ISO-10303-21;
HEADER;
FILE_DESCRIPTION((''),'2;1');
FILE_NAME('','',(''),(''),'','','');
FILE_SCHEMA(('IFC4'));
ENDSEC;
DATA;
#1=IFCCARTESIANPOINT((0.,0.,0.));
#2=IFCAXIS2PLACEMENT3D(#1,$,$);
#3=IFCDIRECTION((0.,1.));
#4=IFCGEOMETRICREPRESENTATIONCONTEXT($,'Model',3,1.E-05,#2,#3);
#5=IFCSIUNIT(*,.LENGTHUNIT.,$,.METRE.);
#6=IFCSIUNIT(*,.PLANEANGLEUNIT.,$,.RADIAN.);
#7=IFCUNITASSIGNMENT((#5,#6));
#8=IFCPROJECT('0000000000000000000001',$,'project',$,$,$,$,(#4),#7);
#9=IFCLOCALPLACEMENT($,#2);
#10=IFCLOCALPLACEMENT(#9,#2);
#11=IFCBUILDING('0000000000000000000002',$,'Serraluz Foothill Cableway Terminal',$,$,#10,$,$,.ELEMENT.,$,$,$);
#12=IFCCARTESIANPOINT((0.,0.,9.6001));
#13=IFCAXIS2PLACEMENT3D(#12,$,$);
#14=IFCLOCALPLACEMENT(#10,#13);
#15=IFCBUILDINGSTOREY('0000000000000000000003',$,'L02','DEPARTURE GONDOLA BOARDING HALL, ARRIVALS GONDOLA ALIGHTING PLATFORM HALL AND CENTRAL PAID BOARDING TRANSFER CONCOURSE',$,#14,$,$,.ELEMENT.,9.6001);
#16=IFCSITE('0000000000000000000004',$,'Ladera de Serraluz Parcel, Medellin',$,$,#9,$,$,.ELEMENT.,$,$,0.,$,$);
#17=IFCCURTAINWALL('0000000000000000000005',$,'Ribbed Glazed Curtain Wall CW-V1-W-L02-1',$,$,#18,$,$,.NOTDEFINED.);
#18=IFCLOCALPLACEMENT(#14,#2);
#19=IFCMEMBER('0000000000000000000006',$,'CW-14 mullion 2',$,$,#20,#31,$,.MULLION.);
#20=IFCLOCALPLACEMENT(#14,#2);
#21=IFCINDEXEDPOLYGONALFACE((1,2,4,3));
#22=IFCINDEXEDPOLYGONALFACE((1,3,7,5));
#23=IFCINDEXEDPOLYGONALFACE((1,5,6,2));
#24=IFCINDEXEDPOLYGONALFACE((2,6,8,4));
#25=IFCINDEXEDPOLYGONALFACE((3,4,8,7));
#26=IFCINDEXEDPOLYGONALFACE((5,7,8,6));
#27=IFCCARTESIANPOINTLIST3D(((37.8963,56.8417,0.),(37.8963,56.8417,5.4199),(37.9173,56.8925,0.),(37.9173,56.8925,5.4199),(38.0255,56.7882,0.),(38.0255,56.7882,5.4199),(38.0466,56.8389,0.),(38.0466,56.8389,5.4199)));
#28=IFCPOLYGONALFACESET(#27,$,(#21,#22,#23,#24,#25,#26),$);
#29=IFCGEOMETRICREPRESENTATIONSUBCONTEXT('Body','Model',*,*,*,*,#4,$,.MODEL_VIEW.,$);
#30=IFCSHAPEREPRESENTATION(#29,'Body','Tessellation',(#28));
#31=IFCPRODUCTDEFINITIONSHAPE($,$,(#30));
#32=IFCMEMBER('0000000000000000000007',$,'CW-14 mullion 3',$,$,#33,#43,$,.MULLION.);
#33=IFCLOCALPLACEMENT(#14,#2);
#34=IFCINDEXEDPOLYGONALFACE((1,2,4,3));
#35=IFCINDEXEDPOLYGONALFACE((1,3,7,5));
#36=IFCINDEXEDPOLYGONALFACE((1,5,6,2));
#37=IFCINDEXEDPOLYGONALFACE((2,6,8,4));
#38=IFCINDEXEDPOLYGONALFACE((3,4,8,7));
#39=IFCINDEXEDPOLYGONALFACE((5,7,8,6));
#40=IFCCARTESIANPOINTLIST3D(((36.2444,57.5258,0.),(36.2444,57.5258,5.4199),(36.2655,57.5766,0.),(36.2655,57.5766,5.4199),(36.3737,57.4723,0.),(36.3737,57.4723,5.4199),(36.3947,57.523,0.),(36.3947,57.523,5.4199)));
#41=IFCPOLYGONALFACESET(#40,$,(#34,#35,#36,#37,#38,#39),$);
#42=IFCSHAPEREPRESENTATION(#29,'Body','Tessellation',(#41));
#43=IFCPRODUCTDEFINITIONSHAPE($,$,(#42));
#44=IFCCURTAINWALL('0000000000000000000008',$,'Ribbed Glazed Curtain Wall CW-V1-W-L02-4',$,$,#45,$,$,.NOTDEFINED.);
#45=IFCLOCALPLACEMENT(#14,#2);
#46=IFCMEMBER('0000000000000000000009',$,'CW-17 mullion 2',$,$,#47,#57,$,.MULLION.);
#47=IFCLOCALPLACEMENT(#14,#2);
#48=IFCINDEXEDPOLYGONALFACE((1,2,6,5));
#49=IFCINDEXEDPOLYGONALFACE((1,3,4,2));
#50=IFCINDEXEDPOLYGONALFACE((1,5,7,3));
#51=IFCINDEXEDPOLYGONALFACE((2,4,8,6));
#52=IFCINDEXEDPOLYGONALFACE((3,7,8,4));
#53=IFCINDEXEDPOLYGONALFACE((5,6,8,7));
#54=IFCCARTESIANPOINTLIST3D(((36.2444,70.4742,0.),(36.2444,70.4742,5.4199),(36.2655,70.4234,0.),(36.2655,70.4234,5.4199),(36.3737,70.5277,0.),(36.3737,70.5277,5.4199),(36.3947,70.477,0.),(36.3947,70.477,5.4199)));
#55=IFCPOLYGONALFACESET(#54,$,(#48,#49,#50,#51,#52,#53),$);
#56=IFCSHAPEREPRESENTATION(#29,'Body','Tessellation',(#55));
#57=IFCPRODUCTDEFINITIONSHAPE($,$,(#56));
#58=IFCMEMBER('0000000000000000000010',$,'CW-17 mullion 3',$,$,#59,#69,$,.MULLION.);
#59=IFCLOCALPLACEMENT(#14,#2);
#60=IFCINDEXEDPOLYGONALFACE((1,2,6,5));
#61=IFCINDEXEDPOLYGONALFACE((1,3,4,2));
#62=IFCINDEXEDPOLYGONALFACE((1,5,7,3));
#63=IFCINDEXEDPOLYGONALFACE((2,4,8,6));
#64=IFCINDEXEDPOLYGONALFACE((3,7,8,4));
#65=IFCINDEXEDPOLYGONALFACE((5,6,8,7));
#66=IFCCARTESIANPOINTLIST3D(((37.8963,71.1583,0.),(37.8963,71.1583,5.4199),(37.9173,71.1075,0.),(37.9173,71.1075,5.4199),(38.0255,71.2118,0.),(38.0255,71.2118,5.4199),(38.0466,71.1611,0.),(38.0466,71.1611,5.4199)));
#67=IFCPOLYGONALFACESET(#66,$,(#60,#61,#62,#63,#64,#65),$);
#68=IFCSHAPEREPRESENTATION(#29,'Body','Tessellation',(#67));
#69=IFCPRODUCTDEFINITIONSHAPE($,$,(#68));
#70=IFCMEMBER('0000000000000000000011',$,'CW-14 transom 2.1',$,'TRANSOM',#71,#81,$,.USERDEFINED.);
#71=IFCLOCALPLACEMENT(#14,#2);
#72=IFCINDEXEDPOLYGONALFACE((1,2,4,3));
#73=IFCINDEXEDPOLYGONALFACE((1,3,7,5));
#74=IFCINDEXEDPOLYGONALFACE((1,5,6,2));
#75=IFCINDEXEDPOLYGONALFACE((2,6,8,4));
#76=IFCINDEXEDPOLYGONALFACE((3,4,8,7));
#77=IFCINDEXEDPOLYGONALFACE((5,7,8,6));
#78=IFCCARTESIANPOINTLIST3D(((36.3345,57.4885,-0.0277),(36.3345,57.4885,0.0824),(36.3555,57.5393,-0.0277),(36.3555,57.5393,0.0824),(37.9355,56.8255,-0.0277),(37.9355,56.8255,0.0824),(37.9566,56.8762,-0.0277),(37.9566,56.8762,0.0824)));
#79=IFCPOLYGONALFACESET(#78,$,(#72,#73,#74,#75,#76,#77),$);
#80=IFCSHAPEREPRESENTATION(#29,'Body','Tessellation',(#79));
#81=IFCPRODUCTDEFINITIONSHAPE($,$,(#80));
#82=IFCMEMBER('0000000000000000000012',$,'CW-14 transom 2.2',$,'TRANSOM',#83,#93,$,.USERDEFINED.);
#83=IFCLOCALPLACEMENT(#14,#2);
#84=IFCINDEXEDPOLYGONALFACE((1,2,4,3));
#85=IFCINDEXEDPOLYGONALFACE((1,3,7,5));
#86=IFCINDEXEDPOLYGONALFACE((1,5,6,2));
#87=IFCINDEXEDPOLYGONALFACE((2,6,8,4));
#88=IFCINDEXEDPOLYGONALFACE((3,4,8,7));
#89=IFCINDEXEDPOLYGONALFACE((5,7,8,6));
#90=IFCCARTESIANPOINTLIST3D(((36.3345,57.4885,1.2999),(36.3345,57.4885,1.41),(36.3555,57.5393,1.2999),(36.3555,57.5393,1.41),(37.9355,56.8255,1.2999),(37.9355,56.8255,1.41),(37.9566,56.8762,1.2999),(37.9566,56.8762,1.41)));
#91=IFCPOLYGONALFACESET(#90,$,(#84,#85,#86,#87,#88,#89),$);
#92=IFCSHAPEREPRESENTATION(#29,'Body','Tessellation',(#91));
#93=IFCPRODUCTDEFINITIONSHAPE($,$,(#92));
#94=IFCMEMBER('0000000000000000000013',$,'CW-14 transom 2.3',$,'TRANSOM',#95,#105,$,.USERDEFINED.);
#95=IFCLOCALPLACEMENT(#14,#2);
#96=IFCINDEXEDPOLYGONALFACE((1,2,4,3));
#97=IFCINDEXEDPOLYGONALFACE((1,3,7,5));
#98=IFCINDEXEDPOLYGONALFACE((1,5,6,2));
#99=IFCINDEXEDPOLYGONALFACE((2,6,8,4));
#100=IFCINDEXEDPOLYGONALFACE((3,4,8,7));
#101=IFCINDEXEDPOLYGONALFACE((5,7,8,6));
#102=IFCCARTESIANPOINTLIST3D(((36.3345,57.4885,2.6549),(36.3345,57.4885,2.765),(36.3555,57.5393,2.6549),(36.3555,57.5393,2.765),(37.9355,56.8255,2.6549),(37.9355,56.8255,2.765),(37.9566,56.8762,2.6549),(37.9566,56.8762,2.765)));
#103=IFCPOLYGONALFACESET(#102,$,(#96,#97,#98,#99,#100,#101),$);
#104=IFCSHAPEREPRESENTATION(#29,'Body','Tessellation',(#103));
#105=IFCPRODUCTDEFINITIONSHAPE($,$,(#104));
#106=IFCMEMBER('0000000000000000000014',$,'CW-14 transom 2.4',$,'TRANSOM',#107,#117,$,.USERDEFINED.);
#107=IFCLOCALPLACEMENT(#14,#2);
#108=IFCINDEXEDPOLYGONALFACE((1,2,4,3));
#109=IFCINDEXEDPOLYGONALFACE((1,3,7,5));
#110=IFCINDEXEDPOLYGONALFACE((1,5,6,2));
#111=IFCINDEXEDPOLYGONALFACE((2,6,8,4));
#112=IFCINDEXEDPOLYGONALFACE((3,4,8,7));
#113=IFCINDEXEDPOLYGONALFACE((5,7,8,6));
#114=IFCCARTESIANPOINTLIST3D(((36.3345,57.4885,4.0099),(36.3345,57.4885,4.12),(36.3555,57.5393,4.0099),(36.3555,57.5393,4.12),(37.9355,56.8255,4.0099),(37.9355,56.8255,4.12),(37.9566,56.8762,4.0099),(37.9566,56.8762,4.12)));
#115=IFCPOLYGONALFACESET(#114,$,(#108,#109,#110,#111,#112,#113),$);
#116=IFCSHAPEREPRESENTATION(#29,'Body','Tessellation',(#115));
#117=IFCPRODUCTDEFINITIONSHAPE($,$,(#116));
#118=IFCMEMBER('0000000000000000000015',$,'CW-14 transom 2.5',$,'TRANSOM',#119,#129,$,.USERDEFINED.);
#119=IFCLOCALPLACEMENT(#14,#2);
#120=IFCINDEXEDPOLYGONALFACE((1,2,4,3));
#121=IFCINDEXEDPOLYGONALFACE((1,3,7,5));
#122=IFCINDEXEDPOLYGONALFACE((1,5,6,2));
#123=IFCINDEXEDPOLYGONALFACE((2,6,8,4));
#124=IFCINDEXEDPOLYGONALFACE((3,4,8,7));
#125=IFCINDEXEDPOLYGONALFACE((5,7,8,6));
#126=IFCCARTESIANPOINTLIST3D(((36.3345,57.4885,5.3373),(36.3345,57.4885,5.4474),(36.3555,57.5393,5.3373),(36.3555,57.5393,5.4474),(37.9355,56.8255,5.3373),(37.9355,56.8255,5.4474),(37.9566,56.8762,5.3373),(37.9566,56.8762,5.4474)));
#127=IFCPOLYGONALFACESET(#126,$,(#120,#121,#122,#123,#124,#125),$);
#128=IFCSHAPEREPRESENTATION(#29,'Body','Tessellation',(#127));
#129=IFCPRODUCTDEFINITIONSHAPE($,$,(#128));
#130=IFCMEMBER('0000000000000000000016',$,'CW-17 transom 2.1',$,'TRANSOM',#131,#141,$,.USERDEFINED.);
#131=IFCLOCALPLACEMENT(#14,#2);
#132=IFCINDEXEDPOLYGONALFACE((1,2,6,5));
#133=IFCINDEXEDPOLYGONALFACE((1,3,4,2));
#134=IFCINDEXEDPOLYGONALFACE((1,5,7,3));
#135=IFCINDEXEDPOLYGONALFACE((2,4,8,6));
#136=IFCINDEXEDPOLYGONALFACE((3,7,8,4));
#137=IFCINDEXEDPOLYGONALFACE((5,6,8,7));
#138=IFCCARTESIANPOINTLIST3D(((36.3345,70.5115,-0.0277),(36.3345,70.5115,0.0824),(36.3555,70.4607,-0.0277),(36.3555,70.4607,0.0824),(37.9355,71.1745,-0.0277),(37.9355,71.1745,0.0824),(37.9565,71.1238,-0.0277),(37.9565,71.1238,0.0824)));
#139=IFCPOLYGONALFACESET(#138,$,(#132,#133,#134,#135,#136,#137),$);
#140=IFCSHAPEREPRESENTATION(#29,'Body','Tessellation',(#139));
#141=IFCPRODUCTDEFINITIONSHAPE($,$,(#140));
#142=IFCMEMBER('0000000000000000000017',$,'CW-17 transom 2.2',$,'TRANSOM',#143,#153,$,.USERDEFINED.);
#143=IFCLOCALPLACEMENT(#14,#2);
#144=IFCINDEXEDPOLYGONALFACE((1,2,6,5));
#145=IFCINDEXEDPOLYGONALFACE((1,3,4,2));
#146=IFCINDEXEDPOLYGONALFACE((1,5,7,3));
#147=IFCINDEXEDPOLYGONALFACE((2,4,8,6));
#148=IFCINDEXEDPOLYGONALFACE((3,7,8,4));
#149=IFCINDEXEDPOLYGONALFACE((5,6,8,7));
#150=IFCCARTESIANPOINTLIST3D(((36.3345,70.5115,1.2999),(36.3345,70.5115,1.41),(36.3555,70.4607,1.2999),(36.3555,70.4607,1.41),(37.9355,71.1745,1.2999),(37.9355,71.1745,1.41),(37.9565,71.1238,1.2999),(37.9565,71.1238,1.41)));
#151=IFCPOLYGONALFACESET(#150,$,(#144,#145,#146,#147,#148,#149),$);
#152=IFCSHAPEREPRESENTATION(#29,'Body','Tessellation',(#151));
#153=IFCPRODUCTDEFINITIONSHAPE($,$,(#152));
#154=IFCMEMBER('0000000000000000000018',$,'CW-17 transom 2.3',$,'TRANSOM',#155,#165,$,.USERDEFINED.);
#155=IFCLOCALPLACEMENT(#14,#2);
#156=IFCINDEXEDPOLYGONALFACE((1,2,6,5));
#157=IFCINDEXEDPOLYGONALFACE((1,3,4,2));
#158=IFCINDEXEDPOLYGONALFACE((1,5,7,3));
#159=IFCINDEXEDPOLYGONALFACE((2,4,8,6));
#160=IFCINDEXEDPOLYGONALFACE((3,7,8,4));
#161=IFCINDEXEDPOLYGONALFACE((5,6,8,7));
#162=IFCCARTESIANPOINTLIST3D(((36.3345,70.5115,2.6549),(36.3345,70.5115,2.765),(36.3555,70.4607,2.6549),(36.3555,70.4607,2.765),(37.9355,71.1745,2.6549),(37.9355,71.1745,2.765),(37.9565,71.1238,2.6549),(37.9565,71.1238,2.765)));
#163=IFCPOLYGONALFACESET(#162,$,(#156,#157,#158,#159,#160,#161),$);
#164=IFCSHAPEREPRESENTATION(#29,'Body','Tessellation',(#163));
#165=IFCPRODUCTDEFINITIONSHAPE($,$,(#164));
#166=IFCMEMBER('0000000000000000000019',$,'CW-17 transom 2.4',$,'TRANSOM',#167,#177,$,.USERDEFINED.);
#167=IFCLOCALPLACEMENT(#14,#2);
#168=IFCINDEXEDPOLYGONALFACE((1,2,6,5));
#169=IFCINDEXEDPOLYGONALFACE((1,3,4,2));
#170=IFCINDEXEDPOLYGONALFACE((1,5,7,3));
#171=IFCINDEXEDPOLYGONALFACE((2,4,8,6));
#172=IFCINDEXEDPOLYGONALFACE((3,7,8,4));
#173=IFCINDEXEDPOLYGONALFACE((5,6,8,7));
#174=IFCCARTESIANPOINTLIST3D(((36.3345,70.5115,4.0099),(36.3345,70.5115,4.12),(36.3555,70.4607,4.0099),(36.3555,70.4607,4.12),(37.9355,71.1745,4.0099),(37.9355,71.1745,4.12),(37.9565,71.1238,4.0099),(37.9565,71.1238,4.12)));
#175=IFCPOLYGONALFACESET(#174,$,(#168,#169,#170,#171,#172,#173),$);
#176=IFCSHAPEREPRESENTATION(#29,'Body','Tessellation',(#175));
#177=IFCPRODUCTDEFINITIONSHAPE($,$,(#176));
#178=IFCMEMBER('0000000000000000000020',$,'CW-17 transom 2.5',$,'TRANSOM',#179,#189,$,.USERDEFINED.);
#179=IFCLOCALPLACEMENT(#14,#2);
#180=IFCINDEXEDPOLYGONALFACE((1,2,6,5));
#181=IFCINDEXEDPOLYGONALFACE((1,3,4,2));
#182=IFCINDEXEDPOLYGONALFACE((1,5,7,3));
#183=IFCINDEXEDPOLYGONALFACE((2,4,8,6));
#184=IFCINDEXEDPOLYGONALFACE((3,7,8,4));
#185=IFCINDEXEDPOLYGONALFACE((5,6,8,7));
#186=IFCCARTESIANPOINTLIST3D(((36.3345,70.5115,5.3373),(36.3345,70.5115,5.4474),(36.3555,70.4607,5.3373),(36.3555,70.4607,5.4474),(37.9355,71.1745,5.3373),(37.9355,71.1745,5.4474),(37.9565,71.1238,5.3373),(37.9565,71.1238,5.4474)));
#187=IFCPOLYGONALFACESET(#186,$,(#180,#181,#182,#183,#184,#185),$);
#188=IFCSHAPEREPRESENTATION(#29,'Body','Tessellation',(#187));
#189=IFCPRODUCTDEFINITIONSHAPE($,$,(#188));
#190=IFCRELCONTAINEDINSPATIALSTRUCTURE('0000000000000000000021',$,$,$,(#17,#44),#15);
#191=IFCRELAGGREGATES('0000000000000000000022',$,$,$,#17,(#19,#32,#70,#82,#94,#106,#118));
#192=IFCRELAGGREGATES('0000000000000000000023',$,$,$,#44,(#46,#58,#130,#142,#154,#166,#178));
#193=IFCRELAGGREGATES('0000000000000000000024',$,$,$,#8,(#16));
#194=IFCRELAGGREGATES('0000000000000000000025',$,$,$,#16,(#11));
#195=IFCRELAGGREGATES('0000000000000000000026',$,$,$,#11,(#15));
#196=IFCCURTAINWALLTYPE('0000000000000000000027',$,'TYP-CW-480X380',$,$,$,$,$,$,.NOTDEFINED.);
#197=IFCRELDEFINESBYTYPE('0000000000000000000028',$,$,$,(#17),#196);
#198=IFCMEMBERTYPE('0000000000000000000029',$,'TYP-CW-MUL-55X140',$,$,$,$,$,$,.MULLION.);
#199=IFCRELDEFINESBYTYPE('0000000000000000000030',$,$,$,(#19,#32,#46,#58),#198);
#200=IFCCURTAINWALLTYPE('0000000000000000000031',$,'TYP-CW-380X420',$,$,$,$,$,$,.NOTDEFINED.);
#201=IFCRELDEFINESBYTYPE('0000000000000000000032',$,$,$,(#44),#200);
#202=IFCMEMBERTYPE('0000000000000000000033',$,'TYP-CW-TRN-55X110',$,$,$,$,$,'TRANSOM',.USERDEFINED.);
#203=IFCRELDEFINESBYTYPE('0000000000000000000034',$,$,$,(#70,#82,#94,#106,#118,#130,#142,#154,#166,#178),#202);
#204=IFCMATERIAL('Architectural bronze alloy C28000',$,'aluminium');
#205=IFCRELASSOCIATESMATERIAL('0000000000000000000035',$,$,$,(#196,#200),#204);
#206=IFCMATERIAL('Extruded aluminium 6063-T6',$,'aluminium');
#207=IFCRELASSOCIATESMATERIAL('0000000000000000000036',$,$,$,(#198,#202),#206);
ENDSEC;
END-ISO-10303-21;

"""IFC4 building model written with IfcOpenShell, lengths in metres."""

from ifc_helpers import new_model, si_unit, direction, frame, origin, origin_2d, place, context, subcontext, project, spatial, rectangle, extrude, material, material_profile, profile_set, type_object, element, aggregate, save


model = new_model("IFC4")

# Units and contexts
model_context = context("Model", 3, precision=1e-05, world=origin(), true_north=direction((0.0, 1.0)))
body_context = subcontext(model_context, "Body", "Model", "MODEL_VIEW")
ifc_project = project(units=[si_unit("LENGTHUNIT", "METRE"), si_unit("PLANEANGLEUNIT", "RADIAN")], contexts=[model_context])

# Site, building, storey
site_placement = place(None, origin())
site = spatial("IfcSite", under=ifc_project, at=site_placement, Name="Ladera de Serraluz Parcel, Medellin", CompositionType="ELEMENT", RefElevation=0.0)
building_placement = place(site_placement, origin())
building = spatial("IfcBuilding", under=site, at=building_placement, Name="Serraluz Foothill Cableway Terminal", CompositionType="ELEMENT")
storey_placement = place(building_placement, frame((0.0, 0.0, 9.6001)))
storey = spatial("IfcBuildingStorey", under=building, at=storey_placement, Name="L02", Description="DEPARTURE GONDOLA BOARDING HALL, ARRIVALS GONDOLA ALIGHTING PLATFORM HALL AND CENTRAL PAID BOARDING TRANSFER CONCOURSE", CompositionType="ELEMENT", Elevation=9.6001)

# Curtain walls, members
ifc_material_1 = material(Name="Architectural bronze alloy C28000", Category="aluminium")
curtain_wall_type_1 = type_object("IfcCurtainWallType", Name="TYP-CW-480X380", PredefinedType="NOTDEFINED", material=ifc_material_1)
curtain_wall_1_placement = place(storey_placement, origin())
curtain_wall_1 = element("IfcCurtainWall", 1, at=curtain_wall_1_placement, inside=storey, type_object=curtain_wall_type_1, Name="Ribbed Glazed Curtain Wall CW-V1-W-L02-1", PredefinedType="NOTDEFINED")
ifc_material_2 = material(Name="Extruded aluminium 6063-T6", Category="aluminium")
ifc_material_profile_1 = material_profile(ifc_material_2, rectangle(XDim=0.0549, YDim=0.1399, at=origin_2d()), Name="ALU MULLION 55x140")
ifc_profile_set_1 = profile_set([ifc_material_profile_1], Name="Extruded aluminium 6063-T6")
member_type_1 = type_object("IfcMemberType", Name="TYP-CW-MUL-55X140", PredefinedType="MULLION", material=ifc_profile_set_1)
member_1_placement = place(storey_placement, frame((37.9714, 56.8403, 0.0), z_axis=(0.0, 0.0, 1.0), x_axis=(-0.382682, -0.92388, 0.0)))
member_1 = element("IfcMember", 2, at=member_1_placement, type_object=member_type_1, Name="CW-14 mullion 2", PredefinedType="MULLION", context=body_context, shape_type="SweptSolid", body=[
    extrude(rectangle(XDim=0.0549, YDim=0.1399, at=origin_2d()), origin(), (0.0, 0.0, 1.0), 5.4199),
])
member_2_placement = place(storey_placement, frame((36.3196, 57.5244, 0.0), z_axis=(0.0, 0.0, 1.0), x_axis=(-0.382682, -0.92388, 0.0)))
member_2 = element("IfcMember", 3, at=member_2_placement, type_object=member_type_1, Name="CW-14 mullion 3", PredefinedType="MULLION", context=body_context, shape_type="SweptSolid", body=[
    extrude(rectangle(XDim=0.0549, YDim=0.1399, at=origin_2d()), origin(), (0.0, 0.0, 1.0), 5.4199),
])
curtain_wall_type_2 = type_object("IfcCurtainWallType", Name="TYP-CW-380X420", PredefinedType="NOTDEFINED", material=ifc_material_1)
curtain_wall_2_placement = place(storey_placement, origin())
curtain_wall_2 = element("IfcCurtainWall", 4, at=curtain_wall_2_placement, inside=storey, type_object=curtain_wall_type_2, Name="Ribbed Glazed Curtain Wall CW-V1-W-L02-4", PredefinedType="NOTDEFINED")
member_3_placement = place(storey_placement, frame((36.3196, 70.4756, 0.0), z_axis=(0.0, 0.0, 1.0), x_axis=(-0.382682, 0.92388, 0.0)))
member_3 = element("IfcMember", 5, at=member_3_placement, type_object=member_type_1, Name="CW-17 mullion 2", PredefinedType="MULLION", context=body_context, shape_type="SweptSolid", body=[
    extrude(rectangle(XDim=0.0549, YDim=0.1399, at=origin_2d()), origin(), (0.0, 0.0, 1.0), 5.4199),
])
member_4_placement = place(storey_placement, frame((37.9714, 71.1597, 0.0), z_axis=(0.0, 0.0, 1.0), x_axis=(-0.382682, 0.92388, 0.0)))
member_4 = element("IfcMember", 6, at=member_4_placement, type_object=member_type_1, Name="CW-17 mullion 3", PredefinedType="MULLION", context=body_context, shape_type="SweptSolid", body=[
    extrude(rectangle(XDim=0.0549, YDim=0.1399, at=origin_2d()), origin(), (0.0, 0.0, 1.0), 5.4199),
])

# Members
ifc_material_profile_2 = material_profile(ifc_material_2, rectangle(XDim=0.0549, YDim=0.1101, at=origin_2d()), Name="ALU TRANSOM 55x110")
ifc_profile_set_2 = profile_set([ifc_material_profile_2], Name="Extruded aluminium 6063-T6")
member_type_2 = type_object("IfcMemberType", Name="TYP-CW-TRN-55X110", ElementType="TRANSOM", PredefinedType="USERDEFINED", material=ifc_profile_set_2)
member_5_placement = place(storey_placement, frame((37.946, 56.8508, 0.0273), z_axis=(-0.9239, 0.382634, 0.0), x_axis=(-0.382634, -0.9239, 0.0)))
member_5 = element("IfcMember", 7, at=member_5_placement, type_object=member_type_2, Name="CW-14 transom 2.1", ObjectType="TRANSOM", PredefinedType="USERDEFINED", context=body_context, shape_type="SweptSolid", body=[
    extrude(rectangle(XDim=0.0549, YDim=0.1101, at=origin_2d()), origin(), (0.0, 0.0, 1.0), 1.7329),
])
member_6_placement = place(storey_placement, frame((37.946, 56.8508, 1.355), z_axis=(-0.9239, 0.382634, 0.0), x_axis=(-0.382634, -0.9239, 0.0)))
member_6 = element("IfcMember", 8, at=member_6_placement, type_object=member_type_2, Name="CW-14 transom 2.2", ObjectType="TRANSOM", PredefinedType="USERDEFINED", context=body_context, shape_type="SweptSolid", body=[
    extrude(rectangle(XDim=0.0549, YDim=0.1101, at=origin_2d()), origin(), (0.0, 0.0, 1.0), 1.7329),
])
member_7_placement = place(storey_placement, frame((37.946, 56.8508, 2.71), z_axis=(-0.9239, 0.382634, 0.0), x_axis=(-0.382634, -0.9239, 0.0)))
member_7 = element("IfcMember", 9, at=member_7_placement, type_object=member_type_2, Name="CW-14 transom 2.3", ObjectType="TRANSOM", PredefinedType="USERDEFINED", context=body_context, shape_type="SweptSolid", body=[
    extrude(rectangle(XDim=0.0549, YDim=0.1101, at=origin_2d()), origin(), (0.0, 0.0, 1.0), 1.7329),
])
member_8_placement = place(storey_placement, frame((37.946, 56.8508, 4.0649), z_axis=(-0.9239, 0.382634, 0.0), x_axis=(-0.382634, -0.9239, 0.0)))
member_8 = element("IfcMember", 10, at=member_8_placement, type_object=member_type_2, Name="CW-14 transom 2.4", ObjectType="TRANSOM", PredefinedType="USERDEFINED", context=body_context, shape_type="SweptSolid", body=[
    extrude(rectangle(XDim=0.0549, YDim=0.1101, at=origin_2d()), origin(), (0.0, 0.0, 1.0), 1.7329),
])
member_9_placement = place(storey_placement, frame((37.946, 56.8508, 5.3923), z_axis=(-0.9239, 0.382634, 0.0), x_axis=(-0.382634, -0.9239, 0.0)))
member_9 = element("IfcMember", 11, at=member_9_placement, type_object=member_type_2, Name="CW-14 transom 2.5", ObjectType="TRANSOM", PredefinedType="USERDEFINED", context=body_context, shape_type="SweptSolid", body=[
    extrude(rectangle(XDim=0.0549, YDim=0.1101, at=origin_2d()), origin(), (0.0, 0.0, 1.0), 1.7329),
])
member_10_placement = place(storey_placement, frame((36.345, 70.4861, 0.0273), z_axis=(0.9239, 0.382634, 0.0), x_axis=(-0.382634, 0.9239, 0.0)))
member_10 = element("IfcMember", 12, at=member_10_placement, type_object=member_type_2, Name="CW-17 transom 2.1", ObjectType="TRANSOM", PredefinedType="USERDEFINED", context=body_context, shape_type="SweptSolid", body=[
    extrude(rectangle(XDim=0.0549, YDim=0.1101, at=origin_2d()), origin(), (0.0, 0.0, 1.0), 1.7329),
])
member_11_placement = place(storey_placement, frame((36.345, 70.4861, 1.355), z_axis=(0.9239, 0.382634, 0.0), x_axis=(-0.382634, 0.9239, 0.0)))
member_11 = element("IfcMember", 13, at=member_11_placement, type_object=member_type_2, Name="CW-17 transom 2.2", ObjectType="TRANSOM", PredefinedType="USERDEFINED", context=body_context, shape_type="SweptSolid", body=[
    extrude(rectangle(XDim=0.0549, YDim=0.1101, at=origin_2d()), origin(), (0.0, 0.0, 1.0), 1.7329),
])
member_12_placement = place(storey_placement, frame((36.345, 70.4861, 2.71), z_axis=(0.9239, 0.382634, 0.0), x_axis=(-0.382634, 0.9239, 0.0)))
member_12 = element("IfcMember", 14, at=member_12_placement, type_object=member_type_2, Name="CW-17 transom 2.3", ObjectType="TRANSOM", PredefinedType="USERDEFINED", context=body_context, shape_type="SweptSolid", body=[
    extrude(rectangle(XDim=0.0549, YDim=0.1101, at=origin_2d()), origin(), (0.0, 0.0, 1.0), 1.7329),
])
member_13_placement = place(storey_placement, frame((36.345, 70.4861, 4.0649), z_axis=(0.9239, 0.382634, 0.0), x_axis=(-0.382634, 0.9239, 0.0)))
member_13 = element("IfcMember", 15, at=member_13_placement, type_object=member_type_2, Name="CW-17 transom 2.4", ObjectType="TRANSOM", PredefinedType="USERDEFINED", context=body_context, shape_type="SweptSolid", body=[
    extrude(rectangle(XDim=0.0549, YDim=0.1101, at=origin_2d()), origin(), (0.0, 0.0, 1.0), 1.7329),
])
member_14_placement = place(storey_placement, frame((36.345, 70.4861, 5.3923), z_axis=(0.9239, 0.382634, 0.0), x_axis=(-0.382634, 0.9239, 0.0)))
member_14 = element("IfcMember", 16, at=member_14_placement, type_object=member_type_2, Name="CW-17 transom 2.5", ObjectType="TRANSOM", PredefinedType="USERDEFINED", context=body_context, shape_type="SweptSolid", body=[
    extrude(rectangle(XDim=0.0549, YDim=0.1101, at=origin_2d()), origin(), (0.0, 0.0, 1.0), 1.7329),
])

aggregate(curtain_wall_1, [member_1, member_2, member_5, member_6, member_7, member_8, member_9])
aggregate(curtain_wall_2, [member_3, member_4, member_10, member_11, member_12, member_13, member_14])

save(model, "model.ifc")
